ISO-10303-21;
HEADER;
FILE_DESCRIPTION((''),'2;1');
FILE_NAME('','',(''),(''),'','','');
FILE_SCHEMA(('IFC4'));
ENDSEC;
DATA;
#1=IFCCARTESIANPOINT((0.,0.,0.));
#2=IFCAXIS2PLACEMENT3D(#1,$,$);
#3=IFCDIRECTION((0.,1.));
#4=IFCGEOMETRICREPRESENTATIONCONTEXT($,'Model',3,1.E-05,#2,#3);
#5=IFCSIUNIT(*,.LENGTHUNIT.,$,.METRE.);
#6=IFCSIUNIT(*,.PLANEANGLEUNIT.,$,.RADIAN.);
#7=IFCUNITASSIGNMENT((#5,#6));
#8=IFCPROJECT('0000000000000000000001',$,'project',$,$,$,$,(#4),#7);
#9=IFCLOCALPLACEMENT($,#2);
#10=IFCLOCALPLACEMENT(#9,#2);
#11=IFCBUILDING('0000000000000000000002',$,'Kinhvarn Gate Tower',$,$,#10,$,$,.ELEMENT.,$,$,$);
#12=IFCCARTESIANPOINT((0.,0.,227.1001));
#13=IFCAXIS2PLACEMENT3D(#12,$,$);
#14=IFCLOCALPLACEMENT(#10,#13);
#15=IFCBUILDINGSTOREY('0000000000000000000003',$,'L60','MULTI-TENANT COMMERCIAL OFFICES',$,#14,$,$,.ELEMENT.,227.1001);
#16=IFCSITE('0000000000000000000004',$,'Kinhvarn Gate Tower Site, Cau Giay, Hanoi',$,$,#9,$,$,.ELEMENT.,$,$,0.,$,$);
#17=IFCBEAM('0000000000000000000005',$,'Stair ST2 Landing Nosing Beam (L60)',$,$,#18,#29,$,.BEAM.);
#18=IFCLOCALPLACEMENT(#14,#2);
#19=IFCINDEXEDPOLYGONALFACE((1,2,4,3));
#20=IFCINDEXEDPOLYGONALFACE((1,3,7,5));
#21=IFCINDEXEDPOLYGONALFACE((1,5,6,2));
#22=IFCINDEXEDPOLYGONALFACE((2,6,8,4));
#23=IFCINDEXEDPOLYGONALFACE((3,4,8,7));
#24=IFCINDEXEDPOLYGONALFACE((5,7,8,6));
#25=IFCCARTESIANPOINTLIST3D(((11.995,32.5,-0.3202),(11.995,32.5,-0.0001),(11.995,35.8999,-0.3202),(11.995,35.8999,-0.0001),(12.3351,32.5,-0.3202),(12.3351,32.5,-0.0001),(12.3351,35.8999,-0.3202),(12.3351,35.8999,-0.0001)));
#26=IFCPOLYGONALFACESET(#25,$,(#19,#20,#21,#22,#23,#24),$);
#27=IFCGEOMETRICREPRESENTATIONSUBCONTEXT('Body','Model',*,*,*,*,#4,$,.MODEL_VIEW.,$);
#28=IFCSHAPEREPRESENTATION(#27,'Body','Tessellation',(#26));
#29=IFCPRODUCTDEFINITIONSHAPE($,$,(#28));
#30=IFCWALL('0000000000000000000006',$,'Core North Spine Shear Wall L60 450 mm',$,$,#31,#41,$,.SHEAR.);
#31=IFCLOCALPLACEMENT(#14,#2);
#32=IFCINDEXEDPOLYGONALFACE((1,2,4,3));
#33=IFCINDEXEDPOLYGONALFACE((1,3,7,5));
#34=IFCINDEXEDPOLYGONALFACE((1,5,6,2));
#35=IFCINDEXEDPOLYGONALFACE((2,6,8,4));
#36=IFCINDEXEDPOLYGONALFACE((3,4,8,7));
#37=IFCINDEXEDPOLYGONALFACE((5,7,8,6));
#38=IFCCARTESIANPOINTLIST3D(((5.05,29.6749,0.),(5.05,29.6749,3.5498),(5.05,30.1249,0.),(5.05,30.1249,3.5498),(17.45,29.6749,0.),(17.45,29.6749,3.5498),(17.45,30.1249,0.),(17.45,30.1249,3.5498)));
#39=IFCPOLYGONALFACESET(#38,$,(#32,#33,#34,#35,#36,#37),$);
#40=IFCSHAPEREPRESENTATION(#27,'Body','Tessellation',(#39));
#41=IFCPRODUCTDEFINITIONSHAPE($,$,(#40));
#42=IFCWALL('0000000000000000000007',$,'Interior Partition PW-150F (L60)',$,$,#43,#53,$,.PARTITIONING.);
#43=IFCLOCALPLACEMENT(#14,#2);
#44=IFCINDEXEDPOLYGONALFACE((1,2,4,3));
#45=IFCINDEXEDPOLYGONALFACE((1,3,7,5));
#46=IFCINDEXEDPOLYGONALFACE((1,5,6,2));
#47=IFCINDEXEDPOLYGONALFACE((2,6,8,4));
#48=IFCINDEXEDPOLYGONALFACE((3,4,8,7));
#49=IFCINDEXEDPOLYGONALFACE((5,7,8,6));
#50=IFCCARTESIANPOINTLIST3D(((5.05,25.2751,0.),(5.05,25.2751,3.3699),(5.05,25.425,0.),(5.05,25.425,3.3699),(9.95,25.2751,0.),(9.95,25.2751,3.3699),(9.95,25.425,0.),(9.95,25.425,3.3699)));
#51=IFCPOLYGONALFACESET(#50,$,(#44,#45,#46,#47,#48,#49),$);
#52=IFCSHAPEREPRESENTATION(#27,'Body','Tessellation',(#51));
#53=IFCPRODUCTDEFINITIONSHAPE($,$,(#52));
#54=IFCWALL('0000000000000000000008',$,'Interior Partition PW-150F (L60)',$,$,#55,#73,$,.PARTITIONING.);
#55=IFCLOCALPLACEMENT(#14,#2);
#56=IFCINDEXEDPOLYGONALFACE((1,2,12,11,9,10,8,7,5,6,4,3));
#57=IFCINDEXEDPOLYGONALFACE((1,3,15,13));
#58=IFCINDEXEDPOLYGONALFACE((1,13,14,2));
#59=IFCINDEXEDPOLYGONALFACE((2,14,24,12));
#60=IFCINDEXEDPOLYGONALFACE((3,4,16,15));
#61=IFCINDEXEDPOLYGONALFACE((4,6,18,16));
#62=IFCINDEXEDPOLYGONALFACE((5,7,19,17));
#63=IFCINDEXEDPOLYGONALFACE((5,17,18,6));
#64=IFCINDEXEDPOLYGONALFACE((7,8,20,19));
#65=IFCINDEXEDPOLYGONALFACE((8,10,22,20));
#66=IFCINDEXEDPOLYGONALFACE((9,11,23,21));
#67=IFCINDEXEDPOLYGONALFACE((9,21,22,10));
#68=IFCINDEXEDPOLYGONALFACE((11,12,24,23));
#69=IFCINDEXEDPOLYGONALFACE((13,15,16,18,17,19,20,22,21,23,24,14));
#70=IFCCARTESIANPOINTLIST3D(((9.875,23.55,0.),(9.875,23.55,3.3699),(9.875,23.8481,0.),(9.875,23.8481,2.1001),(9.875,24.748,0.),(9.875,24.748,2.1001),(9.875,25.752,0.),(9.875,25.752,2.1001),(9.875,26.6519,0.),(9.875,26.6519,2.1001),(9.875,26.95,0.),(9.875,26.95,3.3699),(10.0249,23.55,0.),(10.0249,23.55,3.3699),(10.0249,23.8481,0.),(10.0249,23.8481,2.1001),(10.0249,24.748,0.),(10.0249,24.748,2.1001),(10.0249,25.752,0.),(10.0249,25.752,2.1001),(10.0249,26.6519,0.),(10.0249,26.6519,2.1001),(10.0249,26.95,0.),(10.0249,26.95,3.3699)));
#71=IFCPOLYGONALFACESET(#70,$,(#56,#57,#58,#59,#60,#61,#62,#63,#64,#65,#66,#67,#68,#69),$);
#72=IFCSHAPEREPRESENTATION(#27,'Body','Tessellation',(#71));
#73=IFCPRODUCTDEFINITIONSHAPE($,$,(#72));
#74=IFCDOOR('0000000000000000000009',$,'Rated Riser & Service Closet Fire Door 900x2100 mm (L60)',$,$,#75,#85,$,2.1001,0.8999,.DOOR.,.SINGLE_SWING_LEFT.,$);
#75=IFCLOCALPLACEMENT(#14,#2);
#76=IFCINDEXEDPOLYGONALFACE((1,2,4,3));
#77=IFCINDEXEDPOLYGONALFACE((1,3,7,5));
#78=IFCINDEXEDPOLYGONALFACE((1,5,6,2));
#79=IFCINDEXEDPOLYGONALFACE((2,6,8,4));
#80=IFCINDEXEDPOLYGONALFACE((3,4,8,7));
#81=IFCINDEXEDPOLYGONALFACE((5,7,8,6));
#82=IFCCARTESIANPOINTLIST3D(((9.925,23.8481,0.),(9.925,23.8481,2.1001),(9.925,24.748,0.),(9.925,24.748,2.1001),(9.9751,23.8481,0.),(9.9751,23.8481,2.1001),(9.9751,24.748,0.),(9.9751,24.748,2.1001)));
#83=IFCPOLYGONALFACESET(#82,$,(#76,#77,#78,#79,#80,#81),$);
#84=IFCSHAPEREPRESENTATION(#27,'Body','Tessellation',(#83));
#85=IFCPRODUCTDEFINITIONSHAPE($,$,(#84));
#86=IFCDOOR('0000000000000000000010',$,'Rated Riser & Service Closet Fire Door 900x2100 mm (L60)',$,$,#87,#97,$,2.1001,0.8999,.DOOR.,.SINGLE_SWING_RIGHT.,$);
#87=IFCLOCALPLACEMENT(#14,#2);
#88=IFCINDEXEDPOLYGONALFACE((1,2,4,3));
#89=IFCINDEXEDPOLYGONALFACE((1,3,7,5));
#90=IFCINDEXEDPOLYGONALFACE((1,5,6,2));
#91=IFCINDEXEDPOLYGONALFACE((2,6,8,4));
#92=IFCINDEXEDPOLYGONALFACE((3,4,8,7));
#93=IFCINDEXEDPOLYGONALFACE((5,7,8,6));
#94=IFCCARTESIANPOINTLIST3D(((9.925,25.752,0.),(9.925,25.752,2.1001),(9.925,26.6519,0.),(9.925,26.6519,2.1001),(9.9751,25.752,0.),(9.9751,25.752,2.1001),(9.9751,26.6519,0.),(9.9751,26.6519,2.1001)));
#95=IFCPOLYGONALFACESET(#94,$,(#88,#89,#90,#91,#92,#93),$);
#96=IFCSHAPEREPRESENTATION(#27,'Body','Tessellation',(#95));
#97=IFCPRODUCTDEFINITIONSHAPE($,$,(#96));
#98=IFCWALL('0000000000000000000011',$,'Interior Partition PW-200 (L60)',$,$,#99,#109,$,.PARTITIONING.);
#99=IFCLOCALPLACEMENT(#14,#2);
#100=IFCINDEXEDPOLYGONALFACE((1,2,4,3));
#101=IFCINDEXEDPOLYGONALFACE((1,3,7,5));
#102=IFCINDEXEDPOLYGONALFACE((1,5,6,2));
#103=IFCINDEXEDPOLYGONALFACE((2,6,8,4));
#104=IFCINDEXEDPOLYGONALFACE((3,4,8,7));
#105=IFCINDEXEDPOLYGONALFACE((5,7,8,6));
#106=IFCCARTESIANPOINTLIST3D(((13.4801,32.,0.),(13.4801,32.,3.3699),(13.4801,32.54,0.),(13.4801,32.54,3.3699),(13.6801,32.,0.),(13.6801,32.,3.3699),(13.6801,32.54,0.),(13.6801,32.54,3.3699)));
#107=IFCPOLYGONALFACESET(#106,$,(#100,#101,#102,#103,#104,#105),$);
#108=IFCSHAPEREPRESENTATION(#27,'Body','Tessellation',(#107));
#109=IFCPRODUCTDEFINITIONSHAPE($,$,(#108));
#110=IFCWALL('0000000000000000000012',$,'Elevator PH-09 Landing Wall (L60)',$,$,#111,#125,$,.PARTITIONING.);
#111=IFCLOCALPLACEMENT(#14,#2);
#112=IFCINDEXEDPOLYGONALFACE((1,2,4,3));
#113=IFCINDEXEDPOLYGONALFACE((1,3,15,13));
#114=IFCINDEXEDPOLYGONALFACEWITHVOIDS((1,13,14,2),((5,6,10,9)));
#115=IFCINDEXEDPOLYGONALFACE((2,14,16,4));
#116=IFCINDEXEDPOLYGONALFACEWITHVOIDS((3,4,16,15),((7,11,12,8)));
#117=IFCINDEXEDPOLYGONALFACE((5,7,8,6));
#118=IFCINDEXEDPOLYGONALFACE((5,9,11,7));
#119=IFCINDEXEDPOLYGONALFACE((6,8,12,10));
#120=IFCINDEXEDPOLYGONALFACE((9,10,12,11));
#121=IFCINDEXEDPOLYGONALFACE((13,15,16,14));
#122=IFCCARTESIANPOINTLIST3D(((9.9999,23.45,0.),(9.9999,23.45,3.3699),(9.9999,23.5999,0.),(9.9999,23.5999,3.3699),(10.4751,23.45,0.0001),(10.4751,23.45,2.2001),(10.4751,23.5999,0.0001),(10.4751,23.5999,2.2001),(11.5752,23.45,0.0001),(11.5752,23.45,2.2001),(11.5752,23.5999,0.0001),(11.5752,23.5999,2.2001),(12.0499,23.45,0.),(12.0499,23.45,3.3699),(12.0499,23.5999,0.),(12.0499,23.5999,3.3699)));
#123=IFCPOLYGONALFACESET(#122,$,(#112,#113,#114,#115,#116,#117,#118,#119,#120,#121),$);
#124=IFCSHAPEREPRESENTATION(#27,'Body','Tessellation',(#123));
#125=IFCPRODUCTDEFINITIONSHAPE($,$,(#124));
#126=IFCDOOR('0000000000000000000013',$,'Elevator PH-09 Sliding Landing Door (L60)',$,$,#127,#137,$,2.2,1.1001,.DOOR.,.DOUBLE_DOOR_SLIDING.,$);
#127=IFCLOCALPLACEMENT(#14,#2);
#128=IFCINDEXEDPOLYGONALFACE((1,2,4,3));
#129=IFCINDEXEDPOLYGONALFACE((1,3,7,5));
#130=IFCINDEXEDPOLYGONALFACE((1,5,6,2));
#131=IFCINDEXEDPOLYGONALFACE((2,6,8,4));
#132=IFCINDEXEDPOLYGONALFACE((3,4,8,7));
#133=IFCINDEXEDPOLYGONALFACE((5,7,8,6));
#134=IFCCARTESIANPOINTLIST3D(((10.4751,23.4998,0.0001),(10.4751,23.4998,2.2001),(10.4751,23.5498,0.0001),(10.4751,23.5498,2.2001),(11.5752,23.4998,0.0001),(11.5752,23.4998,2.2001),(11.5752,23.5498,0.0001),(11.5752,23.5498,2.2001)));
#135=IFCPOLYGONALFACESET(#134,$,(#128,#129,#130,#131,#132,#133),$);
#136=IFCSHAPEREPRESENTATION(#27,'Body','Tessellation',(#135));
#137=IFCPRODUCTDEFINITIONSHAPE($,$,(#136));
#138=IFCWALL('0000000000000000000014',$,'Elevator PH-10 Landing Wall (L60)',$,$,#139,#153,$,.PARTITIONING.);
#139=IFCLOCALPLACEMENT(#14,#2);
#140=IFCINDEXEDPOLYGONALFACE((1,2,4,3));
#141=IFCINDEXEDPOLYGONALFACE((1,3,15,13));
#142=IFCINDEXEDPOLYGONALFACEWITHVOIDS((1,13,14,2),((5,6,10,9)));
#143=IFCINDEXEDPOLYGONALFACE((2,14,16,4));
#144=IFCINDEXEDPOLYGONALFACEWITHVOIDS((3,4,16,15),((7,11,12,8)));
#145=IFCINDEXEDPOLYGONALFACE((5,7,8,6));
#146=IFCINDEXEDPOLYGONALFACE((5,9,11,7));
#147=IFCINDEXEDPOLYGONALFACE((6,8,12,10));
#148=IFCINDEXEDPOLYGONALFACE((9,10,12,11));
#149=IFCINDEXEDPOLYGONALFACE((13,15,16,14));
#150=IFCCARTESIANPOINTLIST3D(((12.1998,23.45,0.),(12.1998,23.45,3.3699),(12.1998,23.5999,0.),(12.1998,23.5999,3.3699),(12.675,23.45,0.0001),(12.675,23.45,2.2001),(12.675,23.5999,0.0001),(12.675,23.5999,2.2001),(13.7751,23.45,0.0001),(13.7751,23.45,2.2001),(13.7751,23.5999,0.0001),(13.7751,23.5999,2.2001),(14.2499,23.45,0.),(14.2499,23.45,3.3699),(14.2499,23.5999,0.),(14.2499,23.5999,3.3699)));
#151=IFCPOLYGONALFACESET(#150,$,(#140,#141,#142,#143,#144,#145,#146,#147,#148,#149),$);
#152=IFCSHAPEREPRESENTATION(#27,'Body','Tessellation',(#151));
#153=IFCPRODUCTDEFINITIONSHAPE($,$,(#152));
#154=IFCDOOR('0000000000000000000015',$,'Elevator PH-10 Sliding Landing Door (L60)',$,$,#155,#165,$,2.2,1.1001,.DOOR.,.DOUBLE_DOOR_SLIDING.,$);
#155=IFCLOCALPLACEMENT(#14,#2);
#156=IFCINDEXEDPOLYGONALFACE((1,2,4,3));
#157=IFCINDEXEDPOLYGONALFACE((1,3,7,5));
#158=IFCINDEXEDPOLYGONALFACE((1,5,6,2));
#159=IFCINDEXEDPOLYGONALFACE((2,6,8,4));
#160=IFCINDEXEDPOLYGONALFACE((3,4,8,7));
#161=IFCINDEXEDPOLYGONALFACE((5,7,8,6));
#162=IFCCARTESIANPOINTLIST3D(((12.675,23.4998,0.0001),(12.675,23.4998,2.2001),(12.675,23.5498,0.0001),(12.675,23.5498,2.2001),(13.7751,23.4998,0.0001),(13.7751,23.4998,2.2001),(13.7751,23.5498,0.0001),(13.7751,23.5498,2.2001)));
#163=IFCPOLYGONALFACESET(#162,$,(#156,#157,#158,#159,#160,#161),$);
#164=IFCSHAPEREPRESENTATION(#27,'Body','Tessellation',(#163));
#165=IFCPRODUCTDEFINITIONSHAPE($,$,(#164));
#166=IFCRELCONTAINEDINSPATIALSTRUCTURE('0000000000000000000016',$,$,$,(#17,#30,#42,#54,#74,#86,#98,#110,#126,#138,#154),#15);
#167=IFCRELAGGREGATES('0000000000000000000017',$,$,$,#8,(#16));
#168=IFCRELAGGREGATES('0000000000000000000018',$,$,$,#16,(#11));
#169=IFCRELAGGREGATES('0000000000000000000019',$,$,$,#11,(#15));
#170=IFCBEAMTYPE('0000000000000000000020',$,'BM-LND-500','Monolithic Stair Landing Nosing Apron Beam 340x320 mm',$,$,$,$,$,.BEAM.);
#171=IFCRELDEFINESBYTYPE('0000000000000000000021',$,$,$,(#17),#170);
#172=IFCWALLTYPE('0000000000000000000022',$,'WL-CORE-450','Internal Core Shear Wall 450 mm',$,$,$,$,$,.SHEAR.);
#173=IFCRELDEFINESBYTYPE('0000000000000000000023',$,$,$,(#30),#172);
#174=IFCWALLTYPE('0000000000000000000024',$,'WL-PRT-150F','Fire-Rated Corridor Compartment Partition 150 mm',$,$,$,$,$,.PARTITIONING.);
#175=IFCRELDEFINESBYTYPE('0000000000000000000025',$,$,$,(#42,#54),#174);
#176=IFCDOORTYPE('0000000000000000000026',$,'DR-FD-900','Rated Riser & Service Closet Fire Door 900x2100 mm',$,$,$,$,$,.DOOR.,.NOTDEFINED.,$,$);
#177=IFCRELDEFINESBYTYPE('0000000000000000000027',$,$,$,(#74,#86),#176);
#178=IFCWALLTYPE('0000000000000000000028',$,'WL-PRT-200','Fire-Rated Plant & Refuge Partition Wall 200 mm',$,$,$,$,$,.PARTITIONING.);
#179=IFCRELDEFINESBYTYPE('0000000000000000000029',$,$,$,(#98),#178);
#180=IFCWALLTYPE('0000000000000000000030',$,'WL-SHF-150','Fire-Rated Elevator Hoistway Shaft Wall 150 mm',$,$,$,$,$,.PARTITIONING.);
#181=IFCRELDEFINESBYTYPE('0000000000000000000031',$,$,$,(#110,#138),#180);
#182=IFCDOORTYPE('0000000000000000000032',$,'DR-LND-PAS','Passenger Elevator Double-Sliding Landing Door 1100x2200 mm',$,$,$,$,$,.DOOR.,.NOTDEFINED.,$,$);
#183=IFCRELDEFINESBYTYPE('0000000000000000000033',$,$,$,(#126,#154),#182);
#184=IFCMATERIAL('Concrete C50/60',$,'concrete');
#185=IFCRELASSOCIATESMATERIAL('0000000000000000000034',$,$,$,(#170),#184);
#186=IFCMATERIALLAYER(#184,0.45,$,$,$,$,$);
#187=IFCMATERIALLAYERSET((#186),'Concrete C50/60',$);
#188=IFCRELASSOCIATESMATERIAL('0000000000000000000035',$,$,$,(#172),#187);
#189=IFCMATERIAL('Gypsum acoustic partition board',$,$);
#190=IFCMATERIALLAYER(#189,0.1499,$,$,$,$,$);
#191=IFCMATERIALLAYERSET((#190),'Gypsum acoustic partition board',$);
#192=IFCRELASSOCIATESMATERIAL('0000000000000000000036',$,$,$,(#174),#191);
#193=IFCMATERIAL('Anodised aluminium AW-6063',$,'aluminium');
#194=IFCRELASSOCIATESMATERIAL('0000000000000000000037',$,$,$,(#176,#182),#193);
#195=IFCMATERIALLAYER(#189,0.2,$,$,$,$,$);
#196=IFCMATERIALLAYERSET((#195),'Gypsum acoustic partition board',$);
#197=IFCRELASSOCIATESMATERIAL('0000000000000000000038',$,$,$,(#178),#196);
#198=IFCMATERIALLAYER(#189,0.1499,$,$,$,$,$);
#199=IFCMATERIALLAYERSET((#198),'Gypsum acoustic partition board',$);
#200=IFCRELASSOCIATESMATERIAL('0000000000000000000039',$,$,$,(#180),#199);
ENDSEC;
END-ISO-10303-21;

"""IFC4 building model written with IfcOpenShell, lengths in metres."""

from ifc_helpers import new_model, si_unit, direction, frame, frame_2d, origin, origin_2d, place, context, subcontext, project, spatial, rectangle, extrude, material, layer, layer_set, material_profile, profile_set, type_object, element, fill, save


model = new_model("IFC4")

# Units and contexts
model_context = context("Model", 3, precision=1e-05, world=origin(), true_north=direction((0.0, 1.0)))
body_context = subcontext(model_context, "Body", "Model", "MODEL_VIEW")
ifc_project = project(units=[si_unit("LENGTHUNIT", "METRE"), si_unit("PLANEANGLEUNIT", "RADIAN")], contexts=[model_context])

# Site, building, storey
site_placement = place(None, origin())
site = spatial("IfcSite", under=ifc_project, at=site_placement, Name="Kinhvarn Gate Tower Site, Cau Giay, Hanoi", CompositionType="ELEMENT", RefElevation=0.0)
building_placement = place(site_placement, origin())
building = spatial("IfcBuilding", under=site, at=building_placement, Name="Kinhvarn Gate Tower", CompositionType="ELEMENT")
storey_placement = place(building_placement, frame((0.0, 0.0, 227.1001)))
storey = spatial("IfcBuildingStorey", under=building, at=storey_placement, Name="L60", Description="MULTI-TENANT COMMERCIAL OFFICES", CompositionType="ELEMENT", Elevation=227.1001)

# Beam
ifc_material_1 = material(Name="Concrete C50/60", Category="concrete")
ifc_material_profile = material_profile(ifc_material_1, rectangle(XDim=0.3401, YDim=0.3201, at=origin_2d()), Name="RC 340x320")
ifc_profile_set = profile_set([ifc_material_profile], Name="Concrete C50/60")
beam_type = type_object("IfcBeamType", Name="BM-LND-500", Description="Monolithic Stair Landing Nosing Apron Beam 340x320 mm", PredefinedType="BEAM", material=ifc_profile_set)
beam_placement = place(storey_placement, frame((12.165, 32.5, -0.1602), z_axis=(0.0, 1.0, 0.0), x_axis=(-1.0, 0.0, 0.0)))
element("IfcBeam", 1, at=beam_placement, inside=storey, type_object=beam_type, Name="Stair ST2 Landing Nosing Beam (L60)", PredefinedType="BEAM", context=body_context, shape_type="SweptSolid", body=[
    extrude(rectangle(XDim=0.3401, YDim=0.3201, at=origin_2d()), origin(), (0.0, 0.0, 1.0), 3.3999),
])

# Walls
ifc_layer_1 = layer(ifc_material_1, 0.45)
ifc_layer_set_1 = layer_set([ifc_layer_1], Name="Concrete C50/60")
wall_type_1 = type_object("IfcWallType", Name="WL-CORE-450", Description="Internal Core Shear Wall 450 mm", PredefinedType="SHEAR", material=ifc_layer_set_1)
wall_1_placement = place(storey_placement, frame((5.05, 29.8999, 0.0), z_axis=(0.0, 0.0, 1.0), x_axis=(1.0, 0.0, 0.0)))
element("IfcWall", 2, at=wall_1_placement, inside=storey, type_object=wall_type_1, Name="Core North Spine Shear Wall L60 450 mm", PredefinedType="SHEAR", context=body_context, shape_type="SweptSolid", body=[
    extrude(rectangle(XDim=12.3999, YDim=0.45, at=frame_2d((6.2, 0.0))), origin(), (0.0, 0.0, 1.0), 3.5498),
])
ifc_material_2 = material(Name="Gypsum acoustic partition board")
ifc_layer_2 = layer(ifc_material_2, 0.1499)
ifc_layer_set_2 = layer_set([ifc_layer_2], Name="Gypsum acoustic partition board")
wall_type_2 = type_object("IfcWallType", Name="WL-PRT-150F", Description="Fire-Rated Corridor Compartment Partition 150 mm", PredefinedType="PARTITIONING", material=ifc_layer_set_2)
wall_2_placement = place(storey_placement, frame((5.05, 25.3501, 0.0), z_axis=(0.0, 0.0, 1.0), x_axis=(1.0, 0.0, 0.0)))
element("IfcWall", 3, at=wall_2_placement, inside=storey, type_object=wall_type_2, Name="Interior Partition PW-150F (L60)", PredefinedType="PARTITIONING", context=body_context, shape_type="SweptSolid", body=[
    extrude(rectangle(XDim=4.8999, YDim=0.1499, at=frame_2d((2.45, 0.0))), origin(), (0.0, 0.0, 1.0), 3.3699),
])

# Wall, openings, doors
wall_3_placement = place(storey_placement, frame((9.95, 23.55, 0.0), z_axis=(0.0, 0.0, 1.0), x_axis=(0.0, 1.0, 0.0)))
wall_3 = element("IfcWall", 4, at=wall_3_placement, inside=storey, type_object=wall_type_2, Name="Interior Partition PW-150F (L60)", PredefinedType="PARTITIONING", context=body_context, shape_type="SweptSolid", body=[
    extrude(rectangle(XDim=3.3999, YDim=0.1499, at=frame_2d((1.7, 0.0))), origin(), (0.0, 0.0, 1.0), 3.3699),
])
opening_1_placement = place(wall_3_placement, frame((0.2981, 0.0, 0.0)))
opening_1 = element("IfcOpeningElement", 5, at=opening_1_placement, cuts=wall_3, PredefinedType="OPENING", context=body_context, shape_type="SweptSolid", body=[
    extrude(rectangle(XDim=0.8999, YDim=2.1001, at=frame_2d((0.45, 1.05))), frame((0.0, 0.085, 0.0), z_axis=(0.0, -1.0, 0.0), x_axis=(1.0, 0.0, 0.0)), (0.0, 0.0, 1.0), 0.1699),
])
opening_2_placement = place(wall_3_placement, frame((2.2019, 0.0, 0.0)))
opening_2 = element("IfcOpeningElement", 6, at=opening_2_placement, cuts=wall_3, PredefinedType="OPENING", context=body_context, shape_type="SweptSolid", body=[
    extrude(rectangle(XDim=0.8999, YDim=2.1001, at=frame_2d((0.45, 1.05))), frame((0.0, 0.085, 0.0), z_axis=(0.0, -1.0, 0.0), x_axis=(1.0, 0.0, 0.0)), (0.0, 0.0, 1.0), 0.1699),
])
ifc_material_3 = material(Name="Anodised aluminium AW-6063", Category="aluminium")
door_type_1 = type_object("IfcDoorType", Name="DR-FD-900", Description="Rated Riser & Service Closet Fire Door 900x2100 mm", OperationType="NOTDEFINED", PredefinedType="DOOR", material=ifc_material_3)
door_1_placement = place(opening_1_placement, origin())
door_1 = element("IfcDoor", 7, at=door_1_placement, inside=storey, type_object=door_type_1, Name="Rated Riser & Service Closet Fire Door 900x2100 mm (L60)", OperationType="SINGLE_SWING_LEFT", OverallHeight=2.1001, OverallWidth=0.8999, PredefinedType="DOOR", context=body_context, shape_type="SweptSolid", body=[
    extrude(rectangle(XDim=0.8999, YDim=2.1001, at=frame_2d((0.45, 1.05))), frame((0.0, 0.0249, 0.0), z_axis=(0.0, -1.0, 0.0), x_axis=(1.0, 0.0, 0.0)), (0.0, 0.0, 1.0), 0.05),
])
fill(opening_1, door_1)
door_2_placement = place(opening_2_placement, origin())
door_2 = element("IfcDoor", 8, at=door_2_placement, inside=storey, type_object=door_type_1, Name="Rated Riser & Service Closet Fire Door 900x2100 mm (L60)", OperationType="SINGLE_SWING_RIGHT", OverallHeight=2.1001, OverallWidth=0.8999, PredefinedType="DOOR", context=body_context, shape_type="SweptSolid", body=[
    extrude(rectangle(XDim=0.8999, YDim=2.1001, at=frame_2d((0.45, 1.05))), frame((0.0, 0.0249, 0.0), z_axis=(0.0, -1.0, 0.0), x_axis=(1.0, 0.0, 0.0)), (0.0, 0.0, 1.0), 0.05),
])
fill(opening_2, door_2)

# Wall
ifc_layer_3 = layer(ifc_material_2, 0.2)
ifc_layer_set_3 = layer_set([ifc_layer_3], Name="Gypsum acoustic partition board")
wall_type_3 = type_object("IfcWallType", Name="WL-PRT-200", Description="Fire-Rated Plant & Refuge Partition Wall 200 mm", PredefinedType="PARTITIONING", material=ifc_layer_set_3)
wall_4_placement = place(storey_placement, frame((13.5801, 32.0, 0.0), z_axis=(0.0, 0.0, 1.0), x_axis=(0.0, 1.0, 0.0)))
element("IfcWall", 9, at=wall_4_placement, inside=storey, type_object=wall_type_3, Name="Interior Partition PW-200 (L60)", PredefinedType="PARTITIONING", context=body_context, shape_type="SweptSolid", body=[
    extrude(rectangle(XDim=0.54, YDim=0.2, at=frame_2d((0.27, 0.0))), origin(), (0.0, 0.0, 1.0), 3.3699),
])

# Walls, openings, doors
ifc_layer_4 = layer(ifc_material_2, 0.1499)
ifc_layer_set_4 = layer_set([ifc_layer_4], Name="Gypsum acoustic partition board")
wall_type_4 = type_object("IfcWallType", Name="WL-SHF-150", Description="Fire-Rated Elevator Hoistway Shaft Wall 150 mm", PredefinedType="PARTITIONING", material=ifc_layer_set_4)
wall_5_placement = place(storey_placement, frame((10.0, 23.5249, 0.0), z_axis=(0.0, 0.0, 1.0), x_axis=(1.0, 0.0, 0.0)))
wall_5 = element("IfcWall", 10, at=wall_5_placement, inside=storey, type_object=wall_type_4, Name="Elevator PH-09 Landing Wall (L60)", PredefinedType="PARTITIONING", context=body_context, shape_type="SweptSolid", body=[
    extrude(rectangle(XDim=2.05, YDim=0.1499, at=frame_2d((1.0249, 0.0))), origin(), (0.0, 0.0, 1.0), 3.3699),
])
opening_3_placement = place(wall_5_placement, frame((0.4751, 0.0, 0.0)))
opening_3 = element("IfcOpeningElement", 11, at=opening_3_placement, cuts=wall_5, PredefinedType="OPENING", context=body_context, shape_type="SweptSolid", body=[
    extrude(rectangle(XDim=1.1001, YDim=2.2, at=frame_2d((0.55, 1.1001))), frame((0.0, 0.085, 0.0), z_axis=(0.0, -1.0, 0.0), x_axis=(1.0, 0.0, 0.0)), (0.0, 0.0, 1.0), 0.1699),
])
door_type_2 = type_object("IfcDoorType", Name="DR-LND-PAS", Description="Passenger Elevator Double-Sliding Landing Door 1100x2200 mm", OperationType="NOTDEFINED", PredefinedType="DOOR", material=ifc_material_3)
door_3_placement = place(opening_3_placement, origin())
door_3 = element("IfcDoor", 12, at=door_3_placement, inside=storey, type_object=door_type_2, Name="Elevator PH-09 Sliding Landing Door (L60)", OperationType="DOUBLE_DOOR_SLIDING", OverallHeight=2.2, OverallWidth=1.1001, PredefinedType="DOOR", context=body_context, shape_type="SweptSolid", body=[
    extrude(rectangle(XDim=1.1001, YDim=2.2, at=frame_2d((0.55, 1.1001))), frame((0.0, 0.0249, 0.0), z_axis=(0.0, -1.0, 0.0), x_axis=(1.0, 0.0, 0.0)), (0.0, 0.0, 1.0), 0.05),
])
fill(opening_3, door_3)
wall_6_placement = place(storey_placement, frame((12.2, 23.5249, 0.0), z_axis=(0.0, 0.0, 1.0), x_axis=(1.0, 0.0, 0.0)))
wall_6 = element("IfcWall", 13, at=wall_6_placement, inside=storey, type_object=wall_type_4, Name="Elevator PH-10 Landing Wall (L60)", PredefinedType="PARTITIONING", context=body_context, shape_type="SweptSolid", body=[
    extrude(rectangle(XDim=2.05, YDim=0.1499, at=frame_2d((1.0249, 0.0))), origin(), (0.0, 0.0, 1.0), 3.3699),
])
opening_4_placement = place(wall_6_placement, frame((0.4751, 0.0, 0.0)))
opening_4 = element("IfcOpeningElement", 14, at=opening_4_placement, cuts=wall_6, PredefinedType="OPENING", context=body_context, shape_type="SweptSolid", body=[
    extrude(rectangle(XDim=1.1001, YDim=2.2, at=frame_2d((0.55, 1.1001))), frame((0.0, 0.085, 0.0), z_axis=(0.0, -1.0, 0.0), x_axis=(1.0, 0.0, 0.0)), (0.0, 0.0, 1.0), 0.1699),
])
door_4_placement = place(opening_4_placement, origin())
door_4 = element("IfcDoor", 15, at=door_4_placement, inside=storey, type_object=door_type_2, Name="Elevator PH-10 Sliding Landing Door (L60)", OperationType="DOUBLE_DOOR_SLIDING", OverallHeight=2.2, OverallWidth=1.1001, PredefinedType="DOOR", context=body_context, shape_type="SweptSolid", body=[
    extrude(rectangle(XDim=1.1001, YDim=2.2, at=frame_2d((0.55, 1.1001))), frame((0.0, 0.0249, 0.0), z_axis=(0.0, -1.0, 0.0), x_axis=(1.0, 0.0, 0.0)), (0.0, 0.0, 1.0), 0.05),
])
fill(opening_4, door_4)

save(model, "model.ifc")
